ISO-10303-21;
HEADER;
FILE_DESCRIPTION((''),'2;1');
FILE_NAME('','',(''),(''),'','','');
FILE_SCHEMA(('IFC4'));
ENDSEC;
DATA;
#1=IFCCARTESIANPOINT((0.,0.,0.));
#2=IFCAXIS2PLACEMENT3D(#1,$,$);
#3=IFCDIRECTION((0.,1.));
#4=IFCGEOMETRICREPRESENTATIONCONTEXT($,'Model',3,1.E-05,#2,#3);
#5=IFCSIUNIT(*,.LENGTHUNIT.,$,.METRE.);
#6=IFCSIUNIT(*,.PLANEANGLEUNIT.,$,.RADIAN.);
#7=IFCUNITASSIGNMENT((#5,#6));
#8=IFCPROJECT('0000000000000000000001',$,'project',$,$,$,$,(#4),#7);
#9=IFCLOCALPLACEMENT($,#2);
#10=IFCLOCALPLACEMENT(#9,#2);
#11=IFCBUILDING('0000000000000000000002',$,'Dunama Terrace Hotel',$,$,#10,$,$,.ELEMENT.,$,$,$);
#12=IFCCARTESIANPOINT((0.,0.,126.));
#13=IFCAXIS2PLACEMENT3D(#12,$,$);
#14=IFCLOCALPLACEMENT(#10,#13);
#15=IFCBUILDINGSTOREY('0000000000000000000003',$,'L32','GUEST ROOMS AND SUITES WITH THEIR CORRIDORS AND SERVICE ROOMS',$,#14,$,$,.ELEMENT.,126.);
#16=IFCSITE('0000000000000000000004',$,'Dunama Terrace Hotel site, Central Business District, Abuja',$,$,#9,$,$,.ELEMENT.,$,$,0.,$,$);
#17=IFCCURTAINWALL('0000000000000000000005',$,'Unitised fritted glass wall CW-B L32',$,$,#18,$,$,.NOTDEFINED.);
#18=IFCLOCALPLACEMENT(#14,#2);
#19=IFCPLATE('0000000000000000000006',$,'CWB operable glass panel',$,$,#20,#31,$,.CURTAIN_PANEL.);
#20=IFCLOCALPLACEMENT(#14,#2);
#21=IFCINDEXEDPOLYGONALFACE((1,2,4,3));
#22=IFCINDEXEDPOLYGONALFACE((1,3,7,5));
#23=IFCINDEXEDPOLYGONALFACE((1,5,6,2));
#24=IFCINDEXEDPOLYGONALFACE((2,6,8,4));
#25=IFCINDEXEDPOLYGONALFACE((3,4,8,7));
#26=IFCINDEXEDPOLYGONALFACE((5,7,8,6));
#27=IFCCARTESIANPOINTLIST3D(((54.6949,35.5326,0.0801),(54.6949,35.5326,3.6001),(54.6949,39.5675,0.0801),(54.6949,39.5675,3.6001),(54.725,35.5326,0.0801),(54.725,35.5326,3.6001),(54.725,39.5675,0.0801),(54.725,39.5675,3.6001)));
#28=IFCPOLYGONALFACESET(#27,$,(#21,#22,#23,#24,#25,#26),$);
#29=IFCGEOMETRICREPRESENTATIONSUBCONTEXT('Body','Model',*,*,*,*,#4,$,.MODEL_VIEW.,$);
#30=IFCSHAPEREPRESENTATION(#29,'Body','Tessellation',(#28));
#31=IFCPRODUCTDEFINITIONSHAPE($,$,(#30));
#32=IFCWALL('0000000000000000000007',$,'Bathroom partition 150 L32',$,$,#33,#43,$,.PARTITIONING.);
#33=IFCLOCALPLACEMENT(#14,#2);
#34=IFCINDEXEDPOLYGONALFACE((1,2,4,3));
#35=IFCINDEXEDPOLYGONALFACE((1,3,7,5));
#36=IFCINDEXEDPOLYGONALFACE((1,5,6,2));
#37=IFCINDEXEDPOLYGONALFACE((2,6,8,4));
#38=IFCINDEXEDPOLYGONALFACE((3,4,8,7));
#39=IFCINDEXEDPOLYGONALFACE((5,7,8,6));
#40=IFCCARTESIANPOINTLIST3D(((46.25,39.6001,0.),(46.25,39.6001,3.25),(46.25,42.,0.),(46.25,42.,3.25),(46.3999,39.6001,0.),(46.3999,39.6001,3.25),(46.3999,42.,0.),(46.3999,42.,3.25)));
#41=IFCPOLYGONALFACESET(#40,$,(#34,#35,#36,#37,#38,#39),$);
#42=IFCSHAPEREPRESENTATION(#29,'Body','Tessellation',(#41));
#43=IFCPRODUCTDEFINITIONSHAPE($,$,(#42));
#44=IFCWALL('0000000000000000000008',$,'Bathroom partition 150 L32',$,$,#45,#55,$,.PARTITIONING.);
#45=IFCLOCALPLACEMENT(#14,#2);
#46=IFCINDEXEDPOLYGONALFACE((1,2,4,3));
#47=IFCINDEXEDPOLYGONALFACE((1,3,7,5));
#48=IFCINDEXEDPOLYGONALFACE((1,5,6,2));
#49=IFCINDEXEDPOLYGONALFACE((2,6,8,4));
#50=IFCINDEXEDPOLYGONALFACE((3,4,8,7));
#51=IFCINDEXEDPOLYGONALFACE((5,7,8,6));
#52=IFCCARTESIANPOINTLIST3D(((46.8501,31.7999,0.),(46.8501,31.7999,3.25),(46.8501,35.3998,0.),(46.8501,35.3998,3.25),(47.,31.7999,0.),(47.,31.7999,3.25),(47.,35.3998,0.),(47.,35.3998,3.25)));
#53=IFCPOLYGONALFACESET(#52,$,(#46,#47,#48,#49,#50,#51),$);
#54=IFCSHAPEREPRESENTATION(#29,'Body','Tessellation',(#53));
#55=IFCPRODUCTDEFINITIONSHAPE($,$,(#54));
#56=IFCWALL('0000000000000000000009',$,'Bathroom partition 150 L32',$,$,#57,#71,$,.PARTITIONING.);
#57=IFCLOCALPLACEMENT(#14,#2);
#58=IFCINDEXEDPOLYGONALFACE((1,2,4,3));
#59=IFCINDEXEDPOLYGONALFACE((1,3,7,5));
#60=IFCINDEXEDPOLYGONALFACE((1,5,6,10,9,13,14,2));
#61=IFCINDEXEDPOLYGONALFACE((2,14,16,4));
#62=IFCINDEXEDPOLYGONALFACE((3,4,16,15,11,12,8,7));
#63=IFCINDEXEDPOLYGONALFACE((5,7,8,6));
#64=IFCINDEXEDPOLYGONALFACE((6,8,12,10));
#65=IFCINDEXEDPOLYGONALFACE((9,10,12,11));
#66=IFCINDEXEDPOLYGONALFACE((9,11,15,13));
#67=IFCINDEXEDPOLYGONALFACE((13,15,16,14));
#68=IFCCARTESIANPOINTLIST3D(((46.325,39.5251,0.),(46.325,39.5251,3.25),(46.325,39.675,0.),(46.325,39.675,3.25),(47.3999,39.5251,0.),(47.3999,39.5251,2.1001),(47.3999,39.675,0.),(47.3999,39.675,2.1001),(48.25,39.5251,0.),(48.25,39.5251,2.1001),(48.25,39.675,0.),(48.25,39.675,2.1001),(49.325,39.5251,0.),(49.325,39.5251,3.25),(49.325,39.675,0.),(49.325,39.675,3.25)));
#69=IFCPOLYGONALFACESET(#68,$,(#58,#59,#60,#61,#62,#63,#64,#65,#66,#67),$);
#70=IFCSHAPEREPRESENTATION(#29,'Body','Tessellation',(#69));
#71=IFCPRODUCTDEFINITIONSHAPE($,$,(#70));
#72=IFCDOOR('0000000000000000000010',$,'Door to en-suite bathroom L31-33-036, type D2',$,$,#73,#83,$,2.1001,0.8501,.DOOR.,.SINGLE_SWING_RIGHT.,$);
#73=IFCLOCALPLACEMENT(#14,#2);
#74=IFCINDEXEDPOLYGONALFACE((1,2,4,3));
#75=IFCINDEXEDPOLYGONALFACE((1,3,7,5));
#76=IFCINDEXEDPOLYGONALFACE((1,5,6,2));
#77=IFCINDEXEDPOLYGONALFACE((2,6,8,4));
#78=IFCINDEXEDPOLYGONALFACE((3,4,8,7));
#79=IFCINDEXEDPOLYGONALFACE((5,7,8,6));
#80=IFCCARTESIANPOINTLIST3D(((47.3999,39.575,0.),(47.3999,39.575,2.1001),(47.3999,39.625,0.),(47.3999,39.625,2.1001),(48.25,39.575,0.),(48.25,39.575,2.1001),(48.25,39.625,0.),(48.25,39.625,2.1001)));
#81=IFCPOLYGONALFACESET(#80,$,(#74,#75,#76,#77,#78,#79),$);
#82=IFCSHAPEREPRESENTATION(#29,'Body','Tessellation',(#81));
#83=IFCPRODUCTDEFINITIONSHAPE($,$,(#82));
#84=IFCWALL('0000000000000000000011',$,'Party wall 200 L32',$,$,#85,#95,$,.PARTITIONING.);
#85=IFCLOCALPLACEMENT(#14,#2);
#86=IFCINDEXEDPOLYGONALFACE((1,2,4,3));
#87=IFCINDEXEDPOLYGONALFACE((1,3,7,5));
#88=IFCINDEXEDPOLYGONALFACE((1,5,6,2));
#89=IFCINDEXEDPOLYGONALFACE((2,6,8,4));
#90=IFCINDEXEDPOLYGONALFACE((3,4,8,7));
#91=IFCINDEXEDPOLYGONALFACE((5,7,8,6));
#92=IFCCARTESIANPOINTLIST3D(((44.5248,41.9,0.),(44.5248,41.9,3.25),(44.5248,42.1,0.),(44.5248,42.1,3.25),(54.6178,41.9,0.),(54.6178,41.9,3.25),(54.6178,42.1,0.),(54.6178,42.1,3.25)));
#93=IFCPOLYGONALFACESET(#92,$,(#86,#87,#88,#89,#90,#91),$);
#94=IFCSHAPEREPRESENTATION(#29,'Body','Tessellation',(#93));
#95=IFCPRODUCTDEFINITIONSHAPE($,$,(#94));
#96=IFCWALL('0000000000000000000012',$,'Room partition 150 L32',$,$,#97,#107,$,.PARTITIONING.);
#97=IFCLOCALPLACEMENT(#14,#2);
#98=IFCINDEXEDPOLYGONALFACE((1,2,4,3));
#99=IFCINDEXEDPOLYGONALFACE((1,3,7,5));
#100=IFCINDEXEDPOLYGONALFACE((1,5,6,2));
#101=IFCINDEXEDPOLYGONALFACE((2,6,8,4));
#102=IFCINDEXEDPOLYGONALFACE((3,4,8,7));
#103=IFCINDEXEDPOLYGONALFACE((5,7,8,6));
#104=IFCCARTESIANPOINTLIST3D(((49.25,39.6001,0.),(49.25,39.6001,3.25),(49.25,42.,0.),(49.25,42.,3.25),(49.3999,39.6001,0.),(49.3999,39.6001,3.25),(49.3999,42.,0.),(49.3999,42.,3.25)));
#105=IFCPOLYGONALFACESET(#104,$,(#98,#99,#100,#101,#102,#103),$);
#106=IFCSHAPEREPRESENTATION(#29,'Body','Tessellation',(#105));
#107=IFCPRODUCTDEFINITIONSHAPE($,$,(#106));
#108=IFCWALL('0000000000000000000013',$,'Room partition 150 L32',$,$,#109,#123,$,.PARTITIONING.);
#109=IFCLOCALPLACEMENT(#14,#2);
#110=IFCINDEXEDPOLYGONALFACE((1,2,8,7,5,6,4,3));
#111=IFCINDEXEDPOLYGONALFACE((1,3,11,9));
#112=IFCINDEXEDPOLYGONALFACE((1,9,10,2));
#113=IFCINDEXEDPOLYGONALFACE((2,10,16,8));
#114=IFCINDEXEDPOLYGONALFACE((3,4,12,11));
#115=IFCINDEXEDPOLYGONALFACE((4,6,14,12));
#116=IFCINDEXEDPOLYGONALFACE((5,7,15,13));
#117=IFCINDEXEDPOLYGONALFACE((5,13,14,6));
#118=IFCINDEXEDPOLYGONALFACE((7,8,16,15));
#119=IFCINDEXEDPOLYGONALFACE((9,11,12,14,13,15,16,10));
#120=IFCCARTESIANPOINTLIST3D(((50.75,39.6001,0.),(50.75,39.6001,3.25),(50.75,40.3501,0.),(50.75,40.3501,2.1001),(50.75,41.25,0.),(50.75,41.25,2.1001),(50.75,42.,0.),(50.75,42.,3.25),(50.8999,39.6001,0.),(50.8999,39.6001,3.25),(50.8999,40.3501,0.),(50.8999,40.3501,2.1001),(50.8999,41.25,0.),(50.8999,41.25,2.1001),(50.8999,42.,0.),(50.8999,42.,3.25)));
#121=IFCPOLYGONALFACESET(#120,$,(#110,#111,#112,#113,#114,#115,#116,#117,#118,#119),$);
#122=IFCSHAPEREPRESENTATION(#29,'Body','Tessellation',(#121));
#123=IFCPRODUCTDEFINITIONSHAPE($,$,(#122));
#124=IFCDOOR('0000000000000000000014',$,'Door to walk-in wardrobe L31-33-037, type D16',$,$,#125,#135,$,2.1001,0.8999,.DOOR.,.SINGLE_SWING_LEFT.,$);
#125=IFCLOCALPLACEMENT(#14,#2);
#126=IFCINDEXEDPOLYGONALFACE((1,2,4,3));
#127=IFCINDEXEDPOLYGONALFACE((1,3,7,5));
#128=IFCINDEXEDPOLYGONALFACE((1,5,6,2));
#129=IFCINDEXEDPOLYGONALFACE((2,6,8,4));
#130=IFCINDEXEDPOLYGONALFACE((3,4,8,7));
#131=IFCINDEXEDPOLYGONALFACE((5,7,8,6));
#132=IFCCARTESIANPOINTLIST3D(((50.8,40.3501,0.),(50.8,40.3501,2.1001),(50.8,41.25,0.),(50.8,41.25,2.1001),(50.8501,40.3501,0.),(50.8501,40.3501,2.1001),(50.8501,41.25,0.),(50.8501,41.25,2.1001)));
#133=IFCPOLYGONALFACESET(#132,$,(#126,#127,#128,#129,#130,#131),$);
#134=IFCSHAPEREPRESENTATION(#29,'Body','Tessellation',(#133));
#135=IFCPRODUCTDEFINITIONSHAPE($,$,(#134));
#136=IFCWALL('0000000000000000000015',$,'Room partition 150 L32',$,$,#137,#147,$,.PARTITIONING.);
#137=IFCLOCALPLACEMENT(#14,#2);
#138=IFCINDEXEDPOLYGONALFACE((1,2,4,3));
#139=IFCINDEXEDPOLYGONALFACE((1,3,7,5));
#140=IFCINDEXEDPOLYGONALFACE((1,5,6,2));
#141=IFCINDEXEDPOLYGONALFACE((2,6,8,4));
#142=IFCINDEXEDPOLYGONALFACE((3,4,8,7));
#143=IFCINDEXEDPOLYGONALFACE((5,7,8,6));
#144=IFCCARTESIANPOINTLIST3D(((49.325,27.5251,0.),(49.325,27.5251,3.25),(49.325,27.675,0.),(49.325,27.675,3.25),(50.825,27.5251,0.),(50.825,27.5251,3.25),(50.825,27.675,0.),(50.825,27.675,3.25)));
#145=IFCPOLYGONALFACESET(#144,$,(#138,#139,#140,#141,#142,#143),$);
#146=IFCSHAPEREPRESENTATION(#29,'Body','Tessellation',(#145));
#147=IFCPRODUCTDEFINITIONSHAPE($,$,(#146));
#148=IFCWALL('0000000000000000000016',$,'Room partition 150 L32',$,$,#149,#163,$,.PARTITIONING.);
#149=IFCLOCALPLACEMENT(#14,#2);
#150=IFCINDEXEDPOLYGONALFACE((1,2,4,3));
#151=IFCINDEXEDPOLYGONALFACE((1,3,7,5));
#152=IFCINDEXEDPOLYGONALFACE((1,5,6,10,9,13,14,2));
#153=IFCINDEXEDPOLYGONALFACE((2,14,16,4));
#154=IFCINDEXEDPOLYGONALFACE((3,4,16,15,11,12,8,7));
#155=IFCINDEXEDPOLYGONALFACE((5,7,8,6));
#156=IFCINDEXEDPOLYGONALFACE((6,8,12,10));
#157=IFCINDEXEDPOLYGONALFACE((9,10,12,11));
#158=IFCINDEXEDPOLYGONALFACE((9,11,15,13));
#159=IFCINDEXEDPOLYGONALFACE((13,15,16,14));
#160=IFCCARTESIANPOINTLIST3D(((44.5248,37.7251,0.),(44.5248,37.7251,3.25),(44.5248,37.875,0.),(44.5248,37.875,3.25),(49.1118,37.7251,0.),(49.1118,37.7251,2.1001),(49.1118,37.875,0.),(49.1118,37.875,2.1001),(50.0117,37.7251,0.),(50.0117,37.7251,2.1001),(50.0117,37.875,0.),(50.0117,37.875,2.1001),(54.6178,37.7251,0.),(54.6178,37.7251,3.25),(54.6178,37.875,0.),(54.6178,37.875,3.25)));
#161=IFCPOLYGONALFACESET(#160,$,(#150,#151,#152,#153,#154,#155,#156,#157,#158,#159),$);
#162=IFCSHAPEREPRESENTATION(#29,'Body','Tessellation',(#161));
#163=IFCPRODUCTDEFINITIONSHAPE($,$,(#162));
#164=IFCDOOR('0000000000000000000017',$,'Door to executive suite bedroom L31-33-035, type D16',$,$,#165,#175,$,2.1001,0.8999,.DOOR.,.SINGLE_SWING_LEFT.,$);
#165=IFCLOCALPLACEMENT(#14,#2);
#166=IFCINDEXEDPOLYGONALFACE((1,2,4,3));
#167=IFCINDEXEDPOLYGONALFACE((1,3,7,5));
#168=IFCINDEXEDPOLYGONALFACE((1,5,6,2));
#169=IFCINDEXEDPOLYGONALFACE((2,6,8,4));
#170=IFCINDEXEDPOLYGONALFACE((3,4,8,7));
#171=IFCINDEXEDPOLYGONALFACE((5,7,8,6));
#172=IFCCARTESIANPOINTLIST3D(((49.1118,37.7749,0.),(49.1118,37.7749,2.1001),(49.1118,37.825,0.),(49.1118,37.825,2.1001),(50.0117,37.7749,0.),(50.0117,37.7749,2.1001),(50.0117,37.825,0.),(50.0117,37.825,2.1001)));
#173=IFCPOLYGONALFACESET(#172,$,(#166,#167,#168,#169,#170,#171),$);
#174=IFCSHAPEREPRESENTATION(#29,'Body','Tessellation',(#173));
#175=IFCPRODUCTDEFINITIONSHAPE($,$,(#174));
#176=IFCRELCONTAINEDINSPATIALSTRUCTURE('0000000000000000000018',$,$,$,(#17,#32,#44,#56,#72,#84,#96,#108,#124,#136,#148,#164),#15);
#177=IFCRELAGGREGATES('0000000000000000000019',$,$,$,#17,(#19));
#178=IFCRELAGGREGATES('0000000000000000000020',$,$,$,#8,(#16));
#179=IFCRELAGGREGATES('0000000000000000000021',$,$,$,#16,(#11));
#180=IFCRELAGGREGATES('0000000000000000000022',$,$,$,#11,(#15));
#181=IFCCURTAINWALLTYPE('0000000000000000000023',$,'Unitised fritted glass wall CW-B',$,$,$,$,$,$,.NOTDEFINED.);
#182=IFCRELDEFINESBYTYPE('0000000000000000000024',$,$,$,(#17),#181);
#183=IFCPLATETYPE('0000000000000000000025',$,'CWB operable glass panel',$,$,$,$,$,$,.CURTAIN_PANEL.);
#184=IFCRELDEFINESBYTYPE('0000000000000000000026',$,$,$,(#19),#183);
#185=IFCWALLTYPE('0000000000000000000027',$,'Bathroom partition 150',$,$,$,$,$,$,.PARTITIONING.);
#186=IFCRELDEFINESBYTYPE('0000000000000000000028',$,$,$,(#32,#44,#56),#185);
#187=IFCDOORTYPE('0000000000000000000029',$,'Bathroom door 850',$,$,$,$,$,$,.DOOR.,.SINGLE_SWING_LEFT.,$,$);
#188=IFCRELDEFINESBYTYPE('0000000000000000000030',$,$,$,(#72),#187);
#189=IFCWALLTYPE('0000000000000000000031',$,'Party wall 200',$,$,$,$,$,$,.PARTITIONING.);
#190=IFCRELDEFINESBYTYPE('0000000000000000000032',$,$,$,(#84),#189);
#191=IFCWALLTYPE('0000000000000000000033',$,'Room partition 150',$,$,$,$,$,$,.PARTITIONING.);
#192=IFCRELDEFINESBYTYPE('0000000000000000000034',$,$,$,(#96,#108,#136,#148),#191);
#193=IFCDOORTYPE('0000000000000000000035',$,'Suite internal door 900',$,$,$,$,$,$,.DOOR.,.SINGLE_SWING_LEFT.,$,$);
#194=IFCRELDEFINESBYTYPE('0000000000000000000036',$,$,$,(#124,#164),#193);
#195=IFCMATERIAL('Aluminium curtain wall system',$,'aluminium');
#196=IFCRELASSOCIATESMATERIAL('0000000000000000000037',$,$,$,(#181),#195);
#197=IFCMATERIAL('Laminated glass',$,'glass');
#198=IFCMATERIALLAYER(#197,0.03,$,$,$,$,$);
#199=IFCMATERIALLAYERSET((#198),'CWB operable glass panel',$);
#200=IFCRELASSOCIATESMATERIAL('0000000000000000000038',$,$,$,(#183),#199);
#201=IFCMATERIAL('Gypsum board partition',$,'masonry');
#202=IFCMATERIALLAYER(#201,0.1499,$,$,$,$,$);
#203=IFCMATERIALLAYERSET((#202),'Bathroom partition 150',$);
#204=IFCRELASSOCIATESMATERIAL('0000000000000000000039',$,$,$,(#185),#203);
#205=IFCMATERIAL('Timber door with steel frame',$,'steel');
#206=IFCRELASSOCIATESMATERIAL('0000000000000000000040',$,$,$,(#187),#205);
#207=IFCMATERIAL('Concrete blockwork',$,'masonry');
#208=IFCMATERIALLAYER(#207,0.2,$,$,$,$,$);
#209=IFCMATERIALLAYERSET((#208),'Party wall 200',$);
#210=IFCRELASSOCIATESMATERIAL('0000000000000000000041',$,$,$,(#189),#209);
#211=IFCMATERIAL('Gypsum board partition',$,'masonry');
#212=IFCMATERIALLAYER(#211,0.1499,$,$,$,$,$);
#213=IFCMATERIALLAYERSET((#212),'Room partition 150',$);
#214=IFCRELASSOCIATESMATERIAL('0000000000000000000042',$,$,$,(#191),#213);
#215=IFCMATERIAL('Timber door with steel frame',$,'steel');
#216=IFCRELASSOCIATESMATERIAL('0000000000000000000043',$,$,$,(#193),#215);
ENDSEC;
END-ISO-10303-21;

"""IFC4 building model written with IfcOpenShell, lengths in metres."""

from ifc_helpers import new_model, si_unit, direction, frame, frame_2d, origin, origin_2d, place, context, subcontext, project, spatial, rectangle, extrude, material, layer, layer_set, type_object, element, fill, aggregate, save


model = new_model("IFC4")

# Units and contexts
model_context = context("Model", 3, precision=1e-05, world=origin(), true_north=direction((0.0, 1.0)))
body_context = subcontext(model_context, "Body", "Model", "MODEL_VIEW")
ifc_project = project(units=[si_unit("LENGTHUNIT", "METRE"), si_unit("PLANEANGLEUNIT", "RADIAN")], contexts=[model_context])

# Site, building, storey
site_placement = place(None, origin())
site = spatial("IfcSite", under=ifc_project, at=site_placement, Name="Dunama Terrace Hotel site, Central Business District, Abuja", CompositionType="ELEMENT", RefElevation=0.0)
building_placement = place(site_placement, origin())
building = spatial("IfcBuilding", under=site, at=building_placement, Name="Dunama Terrace Hotel", CompositionType="ELEMENT")
storey_placement = place(building_placement, frame((0.0, 0.0, 126.0)))
storey = spatial("IfcBuildingStorey", under=building, at=storey_placement, Name="L32", Description="GUEST ROOMS AND SUITES WITH THEIR CORRIDORS AND SERVICE ROOMS", CompositionType="ELEMENT", Elevation=126.0)

# Curtain wall
ifc_material_1 = material(Name="Aluminium curtain wall system", Category="aluminium")
curtain_wall_type = type_object("IfcCurtainWallType", Name="Unitised fritted glass wall CW-B", PredefinedType="NOTDEFINED", material=ifc_material_1)
curtain_wall_placement = place(storey_placement, origin())
curtain_wall = element("IfcCurtainWall", 1, at=curtain_wall_placement, inside=storey, type_object=curtain_wall_type, Name="Unitised fritted glass wall CW-B L32", PredefinedType="NOTDEFINED")

# Plate
ifc_material_2 = material(Name="Laminated glass", Category="glass")
ifc_layer_1 = layer(ifc_material_2, 0.03)
ifc_layer_set_1 = layer_set([ifc_layer_1], Name="CWB operable glass panel")
plate_type_1 = type_object("IfcPlateType", Name="CWB operable glass panel", PredefinedType="CURTAIN_PANEL", material=ifc_layer_set_1)
plate_1_placement = place(storey_placement, frame((54.71, 37.55, 0.0801), z_axis=(0.0, 0.0, 1.0), x_axis=(0.0, 1.0, 0.0)))
plate_1 = element("IfcPlate", 2, at=plate_1_placement, type_object=plate_type_1, Name="CWB operable glass panel", PredefinedType="CURTAIN_PANEL", context=body_context, shape_type="SweptSolid", body=[
    extrude(rectangle(XDim=4.0349, YDim=0.03, at=origin_2d()), origin(), (0.0, 0.0, 1.0), 3.52),
])
aggregate(curtain_wall, [plate_1])

# Walls
ifc_material_3 = material(Name="Gypsum board partition", Category="masonry")
ifc_layer_2 = layer(ifc_material_3, 0.1499)
ifc_layer_set_2 = layer_set([ifc_layer_2], Name="Bathroom partition 150")
wall_type_1 = type_object("IfcWallType", Name="Bathroom partition 150", PredefinedType="PARTITIONING", material=ifc_layer_set_2)
wall_1_placement = place(storey_placement, frame((46.325, 39.6001, 0.0), z_axis=(0.0, 0.0, 1.0), x_axis=(0.0, 1.0, 0.0)))
element("IfcWall", 3, at=wall_1_placement, inside=storey, type_object=wall_type_1, Name="Bathroom partition 150 L32", PredefinedType="PARTITIONING", context=body_context, shape_type="SweptSolid", body=[
    extrude(rectangle(XDim=2.3999, YDim=0.1499, at=frame_2d((1.2, 0.0))), origin(), (0.0, 0.0, 1.0), 3.25),
])
wall_2_placement = place(storey_placement, frame((46.925, 31.8, 0.0), z_axis=(0.0, 0.0, 1.0), x_axis=(0.0, 1.0, 0.0)))
element("IfcWall", 4, at=wall_2_placement, inside=storey, type_object=wall_type_1, Name="Bathroom partition 150 L32", PredefinedType="PARTITIONING", context=body_context, shape_type="SweptSolid", body=[
    extrude(rectangle(XDim=3.5999, YDim=0.1499, at=frame_2d((1.7998, 0.0))), origin(), (0.0, 0.0, 1.0), 3.25),
])

# Wall, opening, door
wall_3_placement = place(storey_placement, frame((46.325, 39.6001, 0.0), z_axis=(0.0, 0.0, 1.0), x_axis=(1.0, 0.0, 0.0)))
wall_3 = element("IfcWall", 5, at=wall_3_placement, inside=storey, type_object=wall_type_1, Name="Bathroom partition 150 L32", PredefinedType="PARTITIONING", context=body_context, shape_type="SweptSolid", body=[
    extrude(rectangle(XDim=3.0, YDim=0.1499, at=frame_2d((1.5, 0.0))), origin(), (0.0, 0.0, 1.0), 3.25),
])
opening_1_placement = place(wall_3_placement, frame((1.075, 0.0, 0.0)))
opening_1 = element("IfcOpeningElement", 6, at=opening_1_placement, cuts=wall_3, PredefinedType="OPENING", context=body_context, shape_type="SweptSolid", body=[
    extrude(rectangle(XDim=0.8501, YDim=2.1001, at=frame_2d((0.425, 1.05))), frame((0.0, 0.085, 0.0), z_axis=(0.0, -1.0, 0.0), x_axis=(1.0, 0.0, 0.0)), (0.0, 0.0, 1.0), 0.1699),
])
ifc_material_4 = material(Name="Timber door with steel frame", Category="steel")
door_type_1 = type_object("IfcDoorType", Name="Bathroom door 850", OperationType="SINGLE_SWING_LEFT", PredefinedType="DOOR", material=ifc_material_4)
door_1_placement = place(opening_1_placement, origin())
door_1 = element("IfcDoor", 7, at=door_1_placement, inside=storey, type_object=door_type_1, Name="Door to en-suite bathroom L31-33-036, type D2", OperationType="SINGLE_SWING_RIGHT", OverallHeight=2.1001, OverallWidth=0.8501, PredefinedType="DOOR", context=body_context, shape_type="SweptSolid", body=[
    extrude(rectangle(XDim=0.8501, YDim=2.1001, at=frame_2d((0.425, 1.05))), frame((0.0, 0.0249, 0.0), z_axis=(0.0, -1.0, 0.0), x_axis=(1.0, 0.0, 0.0)), (0.0, 0.0, 1.0), 0.05),
])
fill(opening_1, door_1)

# Walls
ifc_material_5 = material(Name="Concrete blockwork", Category="masonry")
ifc_layer_3 = layer(ifc_material_5, 0.2)
ifc_layer_set_3 = layer_set([ifc_layer_3], Name="Party wall 200")
wall_type_2 = type_object("IfcWallType", Name="Party wall 200", PredefinedType="PARTITIONING", material=ifc_layer_set_3)
wall_4_placement = place(storey_placement, frame((44.5249, 42.0, 0.0), z_axis=(0.0, 0.0, 1.0), x_axis=(1.0, 0.0, 0.0)))
element("IfcWall", 8, at=wall_4_placement, inside=storey, type_object=wall_type_2, Name="Party wall 200 L32", PredefinedType="PARTITIONING", context=body_context, shape_type="SweptSolid", body=[
    extrude(rectangle(XDim=10.093, YDim=0.2, at=frame_2d((5.0464, 0.0))), origin(), (0.0, 0.0, 1.0), 3.25),
])
ifc_material_6 = material(Name="Gypsum board partition", Category="masonry")
ifc_layer_4 = layer(ifc_material_6, 0.1499)
ifc_layer_set_4 = layer_set([ifc_layer_4], Name="Room partition 150")
wall_type_3 = type_object("IfcWallType", Name="Room partition 150", PredefinedType="PARTITIONING", material=ifc_layer_set_4)
wall_5_placement = place(storey_placement, frame((49.325, 39.6001, 0.0), z_axis=(0.0, 0.0, 1.0), x_axis=(0.0, 1.0, 0.0)))
element("IfcWall", 9, at=wall_5_placement, inside=storey, type_object=wall_type_3, Name="Room partition 150 L32", PredefinedType="PARTITIONING", context=body_context, shape_type="SweptSolid", body=[
    extrude(rectangle(XDim=2.3999, YDim=0.1499, at=frame_2d((1.2, 0.0))), origin(), (0.0, 0.0, 1.0), 3.25),
])

# Wall, opening, door
wall_6_placement = place(storey_placement, frame((50.825, 39.6001, 0.0), z_axis=(0.0, 0.0, 1.0), x_axis=(0.0, 1.0, 0.0)))
wall_6 = element("IfcWall", 10, at=wall_6_placement, inside=storey, type_object=wall_type_3, Name="Room partition 150 L32", PredefinedType="PARTITIONING", context=body_context, shape_type="SweptSolid", body=[
    extrude(rectangle(XDim=2.3999, YDim=0.1499, at=frame_2d((1.2, 0.0))), origin(), (0.0, 0.0, 1.0), 3.25),
])
opening_2_placement = place(wall_6_placement, frame((0.75, 0.0, 0.0)))
opening_2 = element("IfcOpeningElement", 11, at=opening_2_placement, cuts=wall_6, PredefinedType="OPENING", context=body_context, shape_type="SweptSolid", body=[
    extrude(rectangle(XDim=0.8999, YDim=2.1001, at=frame_2d((0.45, 1.05))), frame((0.0, 0.085, 0.0), z_axis=(0.0, -1.0, 0.0), x_axis=(1.0, 0.0, 0.0)), (0.0, 0.0, 1.0), 0.1699),
])
ifc_material_7 = material(Name="Timber door with steel frame", Category="steel")
door_type_2 = type_object("IfcDoorType", Name="Suite internal door 900", OperationType="SINGLE_SWING_LEFT", PredefinedType="DOOR", material=ifc_material_7)
door_2_placement = place(opening_2_placement, origin())
door_2 = element("IfcDoor", 12, at=door_2_placement, inside=storey, type_object=door_type_2, Name="Door to walk-in wardrobe L31-33-037, type D16", OperationType="SINGLE_SWING_LEFT", OverallHeight=2.1001, OverallWidth=0.8999, PredefinedType="DOOR", context=body_context, shape_type="SweptSolid", body=[
    extrude(rectangle(XDim=0.8999, YDim=2.1001, at=frame_2d((0.45, 1.05))), frame((0.0, 0.0249, 0.0), z_axis=(0.0, -1.0, 0.0), x_axis=(1.0, 0.0, 0.0)), (0.0, 0.0, 1.0), 0.05),
])
fill(opening_2, door_2)

# Wall
wall_7_placement = place(storey_placement, frame((49.325, 27.6001, 0.0), z_axis=(0.0, 0.0, 1.0), x_axis=(1.0, 0.0, 0.0)))
element("IfcWall", 13, at=wall_7_placement, inside=storey, type_object=wall_type_3, Name="Room partition 150 L32", PredefinedType="PARTITIONING", context=body_context, shape_type="SweptSolid", body=[
    extrude(rectangle(XDim=1.5, YDim=0.1499, at=frame_2d((0.75, 0.0))), origin(), (0.0, 0.0, 1.0), 3.25),
])

# Wall, opening, door
wall_8_placement = place(storey_placement, frame((44.5249, 37.8, 0.0), z_axis=(0.0, 0.0, 1.0), x_axis=(1.0, 0.0, 0.0)))
wall_8 = element("IfcWall", 14, at=wall_8_placement, inside=storey, type_object=wall_type_3, Name="Room partition 150 L32", PredefinedType="PARTITIONING", context=body_context, shape_type="SweptSolid", body=[
    extrude(rectangle(XDim=10.093, YDim=0.1499, at=frame_2d((5.0464, 0.0))), origin(), (0.0, 0.0, 1.0), 3.25),
])
opening_3_placement = place(wall_8_placement, frame((4.5869, 0.0, 0.0)))
opening_3 = element("IfcOpeningElement", 15, at=opening_3_placement, cuts=wall_8, PredefinedType="OPENING", context=body_context, shape_type="SweptSolid", body=[
    extrude(rectangle(XDim=0.8999, YDim=2.1001, at=frame_2d((0.45, 1.05))), frame((0.0, 0.085, 0.0), z_axis=(0.0, -1.0, 0.0), x_axis=(1.0, 0.0, 0.0)), (0.0, 0.0, 1.0), 0.1699),
])
door_3_placement = place(opening_3_placement, origin())
door_3 = element("IfcDoor", 16, at=door_3_placement, inside=storey, type_object=door_type_2, Name="Door to executive suite bedroom L31-33-035, type D16", OperationType="SINGLE_SWING_LEFT", OverallHeight=2.1001, OverallWidth=0.8999, PredefinedType="DOOR", context=body_context, shape_type="SweptSolid", body=[
    extrude(rectangle(XDim=0.8999, YDim=2.1001, at=frame_2d((0.45, 1.05))), frame((0.0, 0.0249, 0.0), z_axis=(0.0, -1.0, 0.0), x_axis=(1.0, 0.0, 0.0)), (0.0, 0.0, 1.0), 0.05),
])
fill(opening_3, door_3)

save(model, "model.ifc")
